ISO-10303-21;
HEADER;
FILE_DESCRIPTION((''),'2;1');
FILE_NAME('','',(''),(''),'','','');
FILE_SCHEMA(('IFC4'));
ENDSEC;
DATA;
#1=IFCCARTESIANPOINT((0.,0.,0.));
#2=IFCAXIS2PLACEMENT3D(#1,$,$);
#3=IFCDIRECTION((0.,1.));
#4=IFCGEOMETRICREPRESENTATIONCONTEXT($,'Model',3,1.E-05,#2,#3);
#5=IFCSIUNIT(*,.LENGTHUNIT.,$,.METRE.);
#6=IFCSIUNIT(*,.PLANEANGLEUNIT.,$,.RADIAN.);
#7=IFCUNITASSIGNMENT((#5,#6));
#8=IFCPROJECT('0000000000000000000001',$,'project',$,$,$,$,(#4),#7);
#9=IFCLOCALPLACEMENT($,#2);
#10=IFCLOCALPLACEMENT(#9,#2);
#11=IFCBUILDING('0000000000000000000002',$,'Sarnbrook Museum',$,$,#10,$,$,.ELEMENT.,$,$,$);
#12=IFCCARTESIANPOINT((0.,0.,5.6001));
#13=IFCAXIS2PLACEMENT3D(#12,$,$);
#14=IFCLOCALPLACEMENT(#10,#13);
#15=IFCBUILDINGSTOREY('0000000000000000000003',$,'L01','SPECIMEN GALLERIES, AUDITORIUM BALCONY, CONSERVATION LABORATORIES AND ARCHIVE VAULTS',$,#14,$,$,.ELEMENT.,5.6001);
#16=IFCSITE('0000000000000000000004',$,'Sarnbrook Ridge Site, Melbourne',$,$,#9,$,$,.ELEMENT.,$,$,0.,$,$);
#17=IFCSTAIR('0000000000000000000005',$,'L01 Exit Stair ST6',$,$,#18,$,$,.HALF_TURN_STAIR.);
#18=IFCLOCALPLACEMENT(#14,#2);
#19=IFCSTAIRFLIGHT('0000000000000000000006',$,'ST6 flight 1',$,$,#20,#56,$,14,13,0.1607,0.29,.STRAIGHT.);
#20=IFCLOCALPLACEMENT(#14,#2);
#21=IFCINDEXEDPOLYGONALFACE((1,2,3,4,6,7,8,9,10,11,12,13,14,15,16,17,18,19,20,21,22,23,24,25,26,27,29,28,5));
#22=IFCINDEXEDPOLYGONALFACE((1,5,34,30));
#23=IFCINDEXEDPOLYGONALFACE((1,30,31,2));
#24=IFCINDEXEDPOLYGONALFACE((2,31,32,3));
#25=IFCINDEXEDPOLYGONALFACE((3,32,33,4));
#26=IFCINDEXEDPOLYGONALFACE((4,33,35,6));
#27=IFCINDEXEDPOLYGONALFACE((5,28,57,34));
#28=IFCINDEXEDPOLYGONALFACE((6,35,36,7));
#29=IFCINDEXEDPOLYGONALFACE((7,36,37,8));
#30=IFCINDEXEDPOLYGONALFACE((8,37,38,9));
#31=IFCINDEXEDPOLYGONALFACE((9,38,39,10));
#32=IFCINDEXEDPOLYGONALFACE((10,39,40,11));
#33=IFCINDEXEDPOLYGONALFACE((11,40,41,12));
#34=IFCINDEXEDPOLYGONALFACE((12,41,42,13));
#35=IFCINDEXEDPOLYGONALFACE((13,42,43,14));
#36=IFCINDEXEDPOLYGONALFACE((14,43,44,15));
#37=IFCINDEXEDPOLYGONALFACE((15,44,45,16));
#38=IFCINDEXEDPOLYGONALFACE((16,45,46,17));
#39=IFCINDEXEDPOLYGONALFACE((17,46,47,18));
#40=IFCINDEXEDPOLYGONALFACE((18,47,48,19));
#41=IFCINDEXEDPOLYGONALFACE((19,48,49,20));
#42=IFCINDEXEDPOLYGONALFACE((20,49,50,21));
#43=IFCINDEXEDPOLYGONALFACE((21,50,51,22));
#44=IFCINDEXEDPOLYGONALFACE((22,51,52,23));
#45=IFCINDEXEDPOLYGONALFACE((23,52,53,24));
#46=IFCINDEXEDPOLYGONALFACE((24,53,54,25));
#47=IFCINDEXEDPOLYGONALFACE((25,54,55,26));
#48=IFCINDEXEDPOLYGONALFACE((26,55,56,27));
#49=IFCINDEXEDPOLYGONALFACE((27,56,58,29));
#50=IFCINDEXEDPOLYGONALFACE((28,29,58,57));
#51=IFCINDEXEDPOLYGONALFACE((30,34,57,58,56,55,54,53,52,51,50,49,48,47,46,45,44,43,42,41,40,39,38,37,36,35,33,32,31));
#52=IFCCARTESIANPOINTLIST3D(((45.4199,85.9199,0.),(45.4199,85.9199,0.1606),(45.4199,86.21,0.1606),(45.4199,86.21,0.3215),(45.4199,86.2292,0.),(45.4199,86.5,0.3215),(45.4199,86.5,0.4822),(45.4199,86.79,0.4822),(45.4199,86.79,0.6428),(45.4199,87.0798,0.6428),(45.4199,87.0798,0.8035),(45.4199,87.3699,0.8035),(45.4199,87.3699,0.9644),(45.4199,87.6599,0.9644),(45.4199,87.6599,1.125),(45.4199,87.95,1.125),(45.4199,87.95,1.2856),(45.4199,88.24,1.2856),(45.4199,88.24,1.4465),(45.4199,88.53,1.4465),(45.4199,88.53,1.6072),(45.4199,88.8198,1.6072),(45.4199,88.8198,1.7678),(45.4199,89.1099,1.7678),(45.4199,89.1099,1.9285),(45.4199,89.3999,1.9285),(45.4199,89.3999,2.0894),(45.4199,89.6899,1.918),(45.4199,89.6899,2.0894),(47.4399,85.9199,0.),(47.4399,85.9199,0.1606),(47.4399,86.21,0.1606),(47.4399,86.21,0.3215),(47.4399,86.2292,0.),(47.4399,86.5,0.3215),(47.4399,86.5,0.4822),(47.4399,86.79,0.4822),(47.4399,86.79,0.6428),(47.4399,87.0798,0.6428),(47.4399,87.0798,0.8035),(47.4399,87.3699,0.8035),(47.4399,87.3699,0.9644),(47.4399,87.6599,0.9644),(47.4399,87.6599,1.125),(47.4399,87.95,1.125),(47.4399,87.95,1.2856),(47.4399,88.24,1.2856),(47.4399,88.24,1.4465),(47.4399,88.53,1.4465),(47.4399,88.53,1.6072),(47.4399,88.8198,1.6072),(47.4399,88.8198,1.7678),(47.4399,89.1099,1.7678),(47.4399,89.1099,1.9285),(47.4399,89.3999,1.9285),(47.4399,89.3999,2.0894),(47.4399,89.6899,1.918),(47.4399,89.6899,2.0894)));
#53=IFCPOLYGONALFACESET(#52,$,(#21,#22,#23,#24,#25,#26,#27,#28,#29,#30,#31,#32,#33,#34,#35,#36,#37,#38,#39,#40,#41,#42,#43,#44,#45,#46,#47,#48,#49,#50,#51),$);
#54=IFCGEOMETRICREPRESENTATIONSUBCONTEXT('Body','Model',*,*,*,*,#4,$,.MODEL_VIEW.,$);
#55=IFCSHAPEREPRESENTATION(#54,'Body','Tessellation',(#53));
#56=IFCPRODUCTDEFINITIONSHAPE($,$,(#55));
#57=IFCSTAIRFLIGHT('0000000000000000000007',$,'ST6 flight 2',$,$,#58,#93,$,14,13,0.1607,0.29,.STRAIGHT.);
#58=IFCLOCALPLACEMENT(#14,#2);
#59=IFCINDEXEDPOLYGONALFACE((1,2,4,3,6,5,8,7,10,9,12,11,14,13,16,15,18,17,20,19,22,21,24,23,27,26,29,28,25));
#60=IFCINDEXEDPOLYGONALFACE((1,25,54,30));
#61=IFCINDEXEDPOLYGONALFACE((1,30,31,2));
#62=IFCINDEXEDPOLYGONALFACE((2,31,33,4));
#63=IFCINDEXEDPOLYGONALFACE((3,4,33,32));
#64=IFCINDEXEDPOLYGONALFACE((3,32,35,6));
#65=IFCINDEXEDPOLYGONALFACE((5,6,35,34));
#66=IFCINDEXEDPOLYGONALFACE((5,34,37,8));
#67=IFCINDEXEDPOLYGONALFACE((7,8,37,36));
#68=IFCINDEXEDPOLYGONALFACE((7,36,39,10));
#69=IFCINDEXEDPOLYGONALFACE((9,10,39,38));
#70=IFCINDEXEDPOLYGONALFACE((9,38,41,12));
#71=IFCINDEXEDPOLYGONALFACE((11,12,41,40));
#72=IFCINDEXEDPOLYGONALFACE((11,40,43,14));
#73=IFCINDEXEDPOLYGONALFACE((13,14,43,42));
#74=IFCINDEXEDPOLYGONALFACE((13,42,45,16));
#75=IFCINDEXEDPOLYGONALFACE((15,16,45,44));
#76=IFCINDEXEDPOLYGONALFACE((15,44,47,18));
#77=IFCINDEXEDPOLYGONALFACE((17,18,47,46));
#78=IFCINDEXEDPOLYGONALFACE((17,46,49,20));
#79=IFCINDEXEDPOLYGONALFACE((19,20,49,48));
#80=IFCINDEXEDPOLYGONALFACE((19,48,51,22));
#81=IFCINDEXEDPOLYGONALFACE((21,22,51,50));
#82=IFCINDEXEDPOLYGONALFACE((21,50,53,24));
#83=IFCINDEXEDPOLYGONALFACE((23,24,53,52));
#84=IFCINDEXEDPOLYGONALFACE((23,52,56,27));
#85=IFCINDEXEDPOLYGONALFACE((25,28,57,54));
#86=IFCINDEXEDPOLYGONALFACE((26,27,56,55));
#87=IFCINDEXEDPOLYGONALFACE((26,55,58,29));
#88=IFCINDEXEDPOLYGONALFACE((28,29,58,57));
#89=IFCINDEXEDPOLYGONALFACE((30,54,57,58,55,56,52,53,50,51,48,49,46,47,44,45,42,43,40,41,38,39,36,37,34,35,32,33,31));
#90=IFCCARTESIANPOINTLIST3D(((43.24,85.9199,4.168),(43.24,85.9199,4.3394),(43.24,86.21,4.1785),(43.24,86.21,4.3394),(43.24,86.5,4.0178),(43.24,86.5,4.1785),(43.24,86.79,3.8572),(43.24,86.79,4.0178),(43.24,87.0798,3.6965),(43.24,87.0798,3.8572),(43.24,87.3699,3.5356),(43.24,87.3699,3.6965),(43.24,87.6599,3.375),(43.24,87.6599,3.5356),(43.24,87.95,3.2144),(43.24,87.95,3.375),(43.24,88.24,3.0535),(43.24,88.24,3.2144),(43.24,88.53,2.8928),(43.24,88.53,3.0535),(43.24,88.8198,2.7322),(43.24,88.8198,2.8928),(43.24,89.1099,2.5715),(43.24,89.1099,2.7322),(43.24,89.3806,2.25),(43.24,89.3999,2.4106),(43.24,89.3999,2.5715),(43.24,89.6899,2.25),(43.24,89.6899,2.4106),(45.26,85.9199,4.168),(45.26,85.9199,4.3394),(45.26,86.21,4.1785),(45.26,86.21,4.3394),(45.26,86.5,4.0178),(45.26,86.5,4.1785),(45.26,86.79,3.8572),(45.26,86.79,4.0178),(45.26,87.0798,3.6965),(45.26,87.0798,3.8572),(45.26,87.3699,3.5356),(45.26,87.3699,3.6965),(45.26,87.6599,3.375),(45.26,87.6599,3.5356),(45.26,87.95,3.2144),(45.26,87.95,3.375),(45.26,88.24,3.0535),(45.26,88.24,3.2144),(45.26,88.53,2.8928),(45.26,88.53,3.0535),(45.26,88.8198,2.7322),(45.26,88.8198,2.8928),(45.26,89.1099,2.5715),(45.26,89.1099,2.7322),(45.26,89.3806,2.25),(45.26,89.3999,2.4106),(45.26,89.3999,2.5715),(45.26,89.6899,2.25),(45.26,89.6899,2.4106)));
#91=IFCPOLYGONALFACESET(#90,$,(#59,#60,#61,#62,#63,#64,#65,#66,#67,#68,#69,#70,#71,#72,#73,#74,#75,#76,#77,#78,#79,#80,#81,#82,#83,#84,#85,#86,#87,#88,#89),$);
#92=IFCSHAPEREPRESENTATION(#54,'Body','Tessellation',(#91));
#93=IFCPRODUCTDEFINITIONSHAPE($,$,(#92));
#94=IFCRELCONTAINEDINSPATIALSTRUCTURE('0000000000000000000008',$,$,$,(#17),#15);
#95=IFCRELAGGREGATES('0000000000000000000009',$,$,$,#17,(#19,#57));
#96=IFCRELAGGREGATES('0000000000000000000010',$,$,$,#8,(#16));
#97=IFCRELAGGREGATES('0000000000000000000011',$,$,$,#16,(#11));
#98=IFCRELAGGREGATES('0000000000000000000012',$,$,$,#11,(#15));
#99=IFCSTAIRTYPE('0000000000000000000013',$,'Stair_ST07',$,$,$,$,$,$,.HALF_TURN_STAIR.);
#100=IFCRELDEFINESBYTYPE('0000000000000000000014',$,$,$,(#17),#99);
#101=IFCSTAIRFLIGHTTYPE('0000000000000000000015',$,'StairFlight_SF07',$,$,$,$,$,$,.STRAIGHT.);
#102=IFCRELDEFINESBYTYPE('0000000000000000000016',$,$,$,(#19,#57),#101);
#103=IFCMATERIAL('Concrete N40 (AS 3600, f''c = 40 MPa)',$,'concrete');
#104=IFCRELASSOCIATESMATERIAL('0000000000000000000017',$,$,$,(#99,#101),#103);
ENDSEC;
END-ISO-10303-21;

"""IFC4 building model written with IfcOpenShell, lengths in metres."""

from ifc_helpers import new_model, si_unit, direction, frame, origin, place, context, subcontext, project, spatial, polyline, outline, extrude, material, type_object, element, aggregate, save


model = new_model("IFC4")

# Units and contexts
model_context = context("Model", 3, precision=1e-05, world=origin(), true_north=direction((0.0, 1.0)))
body_context = subcontext(model_context, "Body", "Model", "MODEL_VIEW")
ifc_project = project(units=[si_unit("LENGTHUNIT", "METRE"), si_unit("PLANEANGLEUNIT", "RADIAN")], contexts=[model_context])

# Site, building, storey
site_placement = place(None, origin())
site = spatial("IfcSite", under=ifc_project, at=site_placement, Name="Sarnbrook Ridge Site, Melbourne", CompositionType="ELEMENT", RefElevation=0.0)
building_placement = place(site_placement, origin())
building = spatial("IfcBuilding", under=site, at=building_placement, Name="Sarnbrook Museum", CompositionType="ELEMENT")
storey_placement = place(building_placement, frame((0.0, 0.0, 5.6001)))
storey = spatial("IfcBuildingStorey", under=building, at=storey_placement, Name="L01", Description="SPECIMEN GALLERIES, AUDITORIUM BALCONY, CONSERVATION LABORATORIES AND ARCHIVE VAULTS", CompositionType="ELEMENT", Elevation=5.6001)

# Shared definitions
ifc_material_1 = material(Name="Concrete N40 (AS 3600, f'c = 40 MPa)", Category="concrete")

# Stair, stair flights
stair_type = type_object("IfcStairType", Name="Stair_ST07", PredefinedType="HALF_TURN_STAIR", material=ifc_material_1)
stair_placement = place(storey_placement, origin())
stair = element("IfcStair", 1, at=stair_placement, inside=storey, type_object=stair_type, Name="L01 Exit Stair ST6", PredefinedType="HALF_TURN_STAIR")
stair_flight_type = type_object("IfcStairFlightType", Name="StairFlight_SF07", PredefinedType="STRAIGHT", material=ifc_material_1)
stair_flight_1_placement = place(storey_placement, frame((46.4299, 85.9199, 0.0), z_axis=(0.0, 0.0, 1.0), x_axis=(0.0, 1.0, 0.0)))
stair_flight_1 = element("IfcStairFlight", 2, at=stair_flight_1_placement, type_object=stair_flight_type, Name="ST6 flight 1", NumberOfRisers=14, NumberOfTreads=13, PredefinedType="STRAIGHT", RiserHeight=0.1607, TreadLength=0.29, context=body_context, shape_type="SweptSolid", body=[
    extrude(outline(polyline([(0.0, 0.0), (0.0, 0.1606), (0.29, 0.1606), (0.29, 0.3215), (0.5801, 0.3215), (0.5801, 0.4822), (0.8701, 0.4822), (0.8701, 0.6428), (1.1599, 0.6428), (1.1599, 0.8035), (1.45, 0.8035), (1.45, 0.9644), (1.74, 0.9644), (1.74, 1.125), (2.03, 1.125), (2.03, 1.2856), (2.3201, 1.2856), (2.3201, 1.4465), (2.6101, 1.4465), (2.6101, 1.6072), (2.8999, 1.6072), (2.8999, 1.7678), (3.1899, 1.7678), (3.1899, 1.9285), (3.48, 1.9285), (3.48, 2.0894), (3.77, 2.0894), (3.77, 2.25), (3.77, 1.918), (0.3093, 0.0), (0.0, 0.0)])), frame((0.0, 1.01, 0.0), z_axis=(0.0, -1.0, 0.0), x_axis=(1.0, 0.0, 0.0)), (0.0, 0.0, 1.0), 2.02),
])
stair_flight_2_placement = place(storey_placement, frame((44.25, 89.6899, 2.25), z_axis=(0.0, 0.0, 1.0), x_axis=(0.0, -1.0, 0.0)))
stair_flight_2 = element("IfcStairFlight", 3, at=stair_flight_2_placement, type_object=stair_flight_type, Name="ST6 flight 2", NumberOfRisers=14, NumberOfTreads=13, PredefinedType="STRAIGHT", RiserHeight=0.1607, TreadLength=0.29, context=body_context, shape_type="SweptSolid", body=[
    extrude(outline(polyline([(0.0, 0.0), (0.0, 0.1606), (0.29, 0.1606), (0.29, 0.3215), (0.5801, 0.3215), (0.5801, 0.4822), (0.8701, 0.4822), (0.8701, 0.6428), (1.1599, 0.6428), (1.1599, 0.8035), (1.45, 0.8035), (1.45, 0.9644), (1.74, 0.9644), (1.74, 1.125), (2.03, 1.125), (2.03, 1.2856), (2.3201, 1.2856), (2.3201, 1.4465), (2.6101, 1.4465), (2.6101, 1.6072), (2.8999, 1.6072), (2.8999, 1.7678), (3.1899, 1.7678), (3.1899, 1.9285), (3.48, 1.9285), (3.48, 2.0894), (3.77, 2.0894), (3.77, 2.25), (3.77, 1.918), (0.3093, 0.0), (0.0, 0.0)])), frame((0.0, 1.01, 0.0), z_axis=(0.0, -1.0, 0.0), x_axis=(1.0, 0.0, 0.0)), (0.0, 0.0, 1.0), 2.02),
])
aggregate(stair, [stair_flight_1, stair_flight_2])

save(model, "model.ifc")
